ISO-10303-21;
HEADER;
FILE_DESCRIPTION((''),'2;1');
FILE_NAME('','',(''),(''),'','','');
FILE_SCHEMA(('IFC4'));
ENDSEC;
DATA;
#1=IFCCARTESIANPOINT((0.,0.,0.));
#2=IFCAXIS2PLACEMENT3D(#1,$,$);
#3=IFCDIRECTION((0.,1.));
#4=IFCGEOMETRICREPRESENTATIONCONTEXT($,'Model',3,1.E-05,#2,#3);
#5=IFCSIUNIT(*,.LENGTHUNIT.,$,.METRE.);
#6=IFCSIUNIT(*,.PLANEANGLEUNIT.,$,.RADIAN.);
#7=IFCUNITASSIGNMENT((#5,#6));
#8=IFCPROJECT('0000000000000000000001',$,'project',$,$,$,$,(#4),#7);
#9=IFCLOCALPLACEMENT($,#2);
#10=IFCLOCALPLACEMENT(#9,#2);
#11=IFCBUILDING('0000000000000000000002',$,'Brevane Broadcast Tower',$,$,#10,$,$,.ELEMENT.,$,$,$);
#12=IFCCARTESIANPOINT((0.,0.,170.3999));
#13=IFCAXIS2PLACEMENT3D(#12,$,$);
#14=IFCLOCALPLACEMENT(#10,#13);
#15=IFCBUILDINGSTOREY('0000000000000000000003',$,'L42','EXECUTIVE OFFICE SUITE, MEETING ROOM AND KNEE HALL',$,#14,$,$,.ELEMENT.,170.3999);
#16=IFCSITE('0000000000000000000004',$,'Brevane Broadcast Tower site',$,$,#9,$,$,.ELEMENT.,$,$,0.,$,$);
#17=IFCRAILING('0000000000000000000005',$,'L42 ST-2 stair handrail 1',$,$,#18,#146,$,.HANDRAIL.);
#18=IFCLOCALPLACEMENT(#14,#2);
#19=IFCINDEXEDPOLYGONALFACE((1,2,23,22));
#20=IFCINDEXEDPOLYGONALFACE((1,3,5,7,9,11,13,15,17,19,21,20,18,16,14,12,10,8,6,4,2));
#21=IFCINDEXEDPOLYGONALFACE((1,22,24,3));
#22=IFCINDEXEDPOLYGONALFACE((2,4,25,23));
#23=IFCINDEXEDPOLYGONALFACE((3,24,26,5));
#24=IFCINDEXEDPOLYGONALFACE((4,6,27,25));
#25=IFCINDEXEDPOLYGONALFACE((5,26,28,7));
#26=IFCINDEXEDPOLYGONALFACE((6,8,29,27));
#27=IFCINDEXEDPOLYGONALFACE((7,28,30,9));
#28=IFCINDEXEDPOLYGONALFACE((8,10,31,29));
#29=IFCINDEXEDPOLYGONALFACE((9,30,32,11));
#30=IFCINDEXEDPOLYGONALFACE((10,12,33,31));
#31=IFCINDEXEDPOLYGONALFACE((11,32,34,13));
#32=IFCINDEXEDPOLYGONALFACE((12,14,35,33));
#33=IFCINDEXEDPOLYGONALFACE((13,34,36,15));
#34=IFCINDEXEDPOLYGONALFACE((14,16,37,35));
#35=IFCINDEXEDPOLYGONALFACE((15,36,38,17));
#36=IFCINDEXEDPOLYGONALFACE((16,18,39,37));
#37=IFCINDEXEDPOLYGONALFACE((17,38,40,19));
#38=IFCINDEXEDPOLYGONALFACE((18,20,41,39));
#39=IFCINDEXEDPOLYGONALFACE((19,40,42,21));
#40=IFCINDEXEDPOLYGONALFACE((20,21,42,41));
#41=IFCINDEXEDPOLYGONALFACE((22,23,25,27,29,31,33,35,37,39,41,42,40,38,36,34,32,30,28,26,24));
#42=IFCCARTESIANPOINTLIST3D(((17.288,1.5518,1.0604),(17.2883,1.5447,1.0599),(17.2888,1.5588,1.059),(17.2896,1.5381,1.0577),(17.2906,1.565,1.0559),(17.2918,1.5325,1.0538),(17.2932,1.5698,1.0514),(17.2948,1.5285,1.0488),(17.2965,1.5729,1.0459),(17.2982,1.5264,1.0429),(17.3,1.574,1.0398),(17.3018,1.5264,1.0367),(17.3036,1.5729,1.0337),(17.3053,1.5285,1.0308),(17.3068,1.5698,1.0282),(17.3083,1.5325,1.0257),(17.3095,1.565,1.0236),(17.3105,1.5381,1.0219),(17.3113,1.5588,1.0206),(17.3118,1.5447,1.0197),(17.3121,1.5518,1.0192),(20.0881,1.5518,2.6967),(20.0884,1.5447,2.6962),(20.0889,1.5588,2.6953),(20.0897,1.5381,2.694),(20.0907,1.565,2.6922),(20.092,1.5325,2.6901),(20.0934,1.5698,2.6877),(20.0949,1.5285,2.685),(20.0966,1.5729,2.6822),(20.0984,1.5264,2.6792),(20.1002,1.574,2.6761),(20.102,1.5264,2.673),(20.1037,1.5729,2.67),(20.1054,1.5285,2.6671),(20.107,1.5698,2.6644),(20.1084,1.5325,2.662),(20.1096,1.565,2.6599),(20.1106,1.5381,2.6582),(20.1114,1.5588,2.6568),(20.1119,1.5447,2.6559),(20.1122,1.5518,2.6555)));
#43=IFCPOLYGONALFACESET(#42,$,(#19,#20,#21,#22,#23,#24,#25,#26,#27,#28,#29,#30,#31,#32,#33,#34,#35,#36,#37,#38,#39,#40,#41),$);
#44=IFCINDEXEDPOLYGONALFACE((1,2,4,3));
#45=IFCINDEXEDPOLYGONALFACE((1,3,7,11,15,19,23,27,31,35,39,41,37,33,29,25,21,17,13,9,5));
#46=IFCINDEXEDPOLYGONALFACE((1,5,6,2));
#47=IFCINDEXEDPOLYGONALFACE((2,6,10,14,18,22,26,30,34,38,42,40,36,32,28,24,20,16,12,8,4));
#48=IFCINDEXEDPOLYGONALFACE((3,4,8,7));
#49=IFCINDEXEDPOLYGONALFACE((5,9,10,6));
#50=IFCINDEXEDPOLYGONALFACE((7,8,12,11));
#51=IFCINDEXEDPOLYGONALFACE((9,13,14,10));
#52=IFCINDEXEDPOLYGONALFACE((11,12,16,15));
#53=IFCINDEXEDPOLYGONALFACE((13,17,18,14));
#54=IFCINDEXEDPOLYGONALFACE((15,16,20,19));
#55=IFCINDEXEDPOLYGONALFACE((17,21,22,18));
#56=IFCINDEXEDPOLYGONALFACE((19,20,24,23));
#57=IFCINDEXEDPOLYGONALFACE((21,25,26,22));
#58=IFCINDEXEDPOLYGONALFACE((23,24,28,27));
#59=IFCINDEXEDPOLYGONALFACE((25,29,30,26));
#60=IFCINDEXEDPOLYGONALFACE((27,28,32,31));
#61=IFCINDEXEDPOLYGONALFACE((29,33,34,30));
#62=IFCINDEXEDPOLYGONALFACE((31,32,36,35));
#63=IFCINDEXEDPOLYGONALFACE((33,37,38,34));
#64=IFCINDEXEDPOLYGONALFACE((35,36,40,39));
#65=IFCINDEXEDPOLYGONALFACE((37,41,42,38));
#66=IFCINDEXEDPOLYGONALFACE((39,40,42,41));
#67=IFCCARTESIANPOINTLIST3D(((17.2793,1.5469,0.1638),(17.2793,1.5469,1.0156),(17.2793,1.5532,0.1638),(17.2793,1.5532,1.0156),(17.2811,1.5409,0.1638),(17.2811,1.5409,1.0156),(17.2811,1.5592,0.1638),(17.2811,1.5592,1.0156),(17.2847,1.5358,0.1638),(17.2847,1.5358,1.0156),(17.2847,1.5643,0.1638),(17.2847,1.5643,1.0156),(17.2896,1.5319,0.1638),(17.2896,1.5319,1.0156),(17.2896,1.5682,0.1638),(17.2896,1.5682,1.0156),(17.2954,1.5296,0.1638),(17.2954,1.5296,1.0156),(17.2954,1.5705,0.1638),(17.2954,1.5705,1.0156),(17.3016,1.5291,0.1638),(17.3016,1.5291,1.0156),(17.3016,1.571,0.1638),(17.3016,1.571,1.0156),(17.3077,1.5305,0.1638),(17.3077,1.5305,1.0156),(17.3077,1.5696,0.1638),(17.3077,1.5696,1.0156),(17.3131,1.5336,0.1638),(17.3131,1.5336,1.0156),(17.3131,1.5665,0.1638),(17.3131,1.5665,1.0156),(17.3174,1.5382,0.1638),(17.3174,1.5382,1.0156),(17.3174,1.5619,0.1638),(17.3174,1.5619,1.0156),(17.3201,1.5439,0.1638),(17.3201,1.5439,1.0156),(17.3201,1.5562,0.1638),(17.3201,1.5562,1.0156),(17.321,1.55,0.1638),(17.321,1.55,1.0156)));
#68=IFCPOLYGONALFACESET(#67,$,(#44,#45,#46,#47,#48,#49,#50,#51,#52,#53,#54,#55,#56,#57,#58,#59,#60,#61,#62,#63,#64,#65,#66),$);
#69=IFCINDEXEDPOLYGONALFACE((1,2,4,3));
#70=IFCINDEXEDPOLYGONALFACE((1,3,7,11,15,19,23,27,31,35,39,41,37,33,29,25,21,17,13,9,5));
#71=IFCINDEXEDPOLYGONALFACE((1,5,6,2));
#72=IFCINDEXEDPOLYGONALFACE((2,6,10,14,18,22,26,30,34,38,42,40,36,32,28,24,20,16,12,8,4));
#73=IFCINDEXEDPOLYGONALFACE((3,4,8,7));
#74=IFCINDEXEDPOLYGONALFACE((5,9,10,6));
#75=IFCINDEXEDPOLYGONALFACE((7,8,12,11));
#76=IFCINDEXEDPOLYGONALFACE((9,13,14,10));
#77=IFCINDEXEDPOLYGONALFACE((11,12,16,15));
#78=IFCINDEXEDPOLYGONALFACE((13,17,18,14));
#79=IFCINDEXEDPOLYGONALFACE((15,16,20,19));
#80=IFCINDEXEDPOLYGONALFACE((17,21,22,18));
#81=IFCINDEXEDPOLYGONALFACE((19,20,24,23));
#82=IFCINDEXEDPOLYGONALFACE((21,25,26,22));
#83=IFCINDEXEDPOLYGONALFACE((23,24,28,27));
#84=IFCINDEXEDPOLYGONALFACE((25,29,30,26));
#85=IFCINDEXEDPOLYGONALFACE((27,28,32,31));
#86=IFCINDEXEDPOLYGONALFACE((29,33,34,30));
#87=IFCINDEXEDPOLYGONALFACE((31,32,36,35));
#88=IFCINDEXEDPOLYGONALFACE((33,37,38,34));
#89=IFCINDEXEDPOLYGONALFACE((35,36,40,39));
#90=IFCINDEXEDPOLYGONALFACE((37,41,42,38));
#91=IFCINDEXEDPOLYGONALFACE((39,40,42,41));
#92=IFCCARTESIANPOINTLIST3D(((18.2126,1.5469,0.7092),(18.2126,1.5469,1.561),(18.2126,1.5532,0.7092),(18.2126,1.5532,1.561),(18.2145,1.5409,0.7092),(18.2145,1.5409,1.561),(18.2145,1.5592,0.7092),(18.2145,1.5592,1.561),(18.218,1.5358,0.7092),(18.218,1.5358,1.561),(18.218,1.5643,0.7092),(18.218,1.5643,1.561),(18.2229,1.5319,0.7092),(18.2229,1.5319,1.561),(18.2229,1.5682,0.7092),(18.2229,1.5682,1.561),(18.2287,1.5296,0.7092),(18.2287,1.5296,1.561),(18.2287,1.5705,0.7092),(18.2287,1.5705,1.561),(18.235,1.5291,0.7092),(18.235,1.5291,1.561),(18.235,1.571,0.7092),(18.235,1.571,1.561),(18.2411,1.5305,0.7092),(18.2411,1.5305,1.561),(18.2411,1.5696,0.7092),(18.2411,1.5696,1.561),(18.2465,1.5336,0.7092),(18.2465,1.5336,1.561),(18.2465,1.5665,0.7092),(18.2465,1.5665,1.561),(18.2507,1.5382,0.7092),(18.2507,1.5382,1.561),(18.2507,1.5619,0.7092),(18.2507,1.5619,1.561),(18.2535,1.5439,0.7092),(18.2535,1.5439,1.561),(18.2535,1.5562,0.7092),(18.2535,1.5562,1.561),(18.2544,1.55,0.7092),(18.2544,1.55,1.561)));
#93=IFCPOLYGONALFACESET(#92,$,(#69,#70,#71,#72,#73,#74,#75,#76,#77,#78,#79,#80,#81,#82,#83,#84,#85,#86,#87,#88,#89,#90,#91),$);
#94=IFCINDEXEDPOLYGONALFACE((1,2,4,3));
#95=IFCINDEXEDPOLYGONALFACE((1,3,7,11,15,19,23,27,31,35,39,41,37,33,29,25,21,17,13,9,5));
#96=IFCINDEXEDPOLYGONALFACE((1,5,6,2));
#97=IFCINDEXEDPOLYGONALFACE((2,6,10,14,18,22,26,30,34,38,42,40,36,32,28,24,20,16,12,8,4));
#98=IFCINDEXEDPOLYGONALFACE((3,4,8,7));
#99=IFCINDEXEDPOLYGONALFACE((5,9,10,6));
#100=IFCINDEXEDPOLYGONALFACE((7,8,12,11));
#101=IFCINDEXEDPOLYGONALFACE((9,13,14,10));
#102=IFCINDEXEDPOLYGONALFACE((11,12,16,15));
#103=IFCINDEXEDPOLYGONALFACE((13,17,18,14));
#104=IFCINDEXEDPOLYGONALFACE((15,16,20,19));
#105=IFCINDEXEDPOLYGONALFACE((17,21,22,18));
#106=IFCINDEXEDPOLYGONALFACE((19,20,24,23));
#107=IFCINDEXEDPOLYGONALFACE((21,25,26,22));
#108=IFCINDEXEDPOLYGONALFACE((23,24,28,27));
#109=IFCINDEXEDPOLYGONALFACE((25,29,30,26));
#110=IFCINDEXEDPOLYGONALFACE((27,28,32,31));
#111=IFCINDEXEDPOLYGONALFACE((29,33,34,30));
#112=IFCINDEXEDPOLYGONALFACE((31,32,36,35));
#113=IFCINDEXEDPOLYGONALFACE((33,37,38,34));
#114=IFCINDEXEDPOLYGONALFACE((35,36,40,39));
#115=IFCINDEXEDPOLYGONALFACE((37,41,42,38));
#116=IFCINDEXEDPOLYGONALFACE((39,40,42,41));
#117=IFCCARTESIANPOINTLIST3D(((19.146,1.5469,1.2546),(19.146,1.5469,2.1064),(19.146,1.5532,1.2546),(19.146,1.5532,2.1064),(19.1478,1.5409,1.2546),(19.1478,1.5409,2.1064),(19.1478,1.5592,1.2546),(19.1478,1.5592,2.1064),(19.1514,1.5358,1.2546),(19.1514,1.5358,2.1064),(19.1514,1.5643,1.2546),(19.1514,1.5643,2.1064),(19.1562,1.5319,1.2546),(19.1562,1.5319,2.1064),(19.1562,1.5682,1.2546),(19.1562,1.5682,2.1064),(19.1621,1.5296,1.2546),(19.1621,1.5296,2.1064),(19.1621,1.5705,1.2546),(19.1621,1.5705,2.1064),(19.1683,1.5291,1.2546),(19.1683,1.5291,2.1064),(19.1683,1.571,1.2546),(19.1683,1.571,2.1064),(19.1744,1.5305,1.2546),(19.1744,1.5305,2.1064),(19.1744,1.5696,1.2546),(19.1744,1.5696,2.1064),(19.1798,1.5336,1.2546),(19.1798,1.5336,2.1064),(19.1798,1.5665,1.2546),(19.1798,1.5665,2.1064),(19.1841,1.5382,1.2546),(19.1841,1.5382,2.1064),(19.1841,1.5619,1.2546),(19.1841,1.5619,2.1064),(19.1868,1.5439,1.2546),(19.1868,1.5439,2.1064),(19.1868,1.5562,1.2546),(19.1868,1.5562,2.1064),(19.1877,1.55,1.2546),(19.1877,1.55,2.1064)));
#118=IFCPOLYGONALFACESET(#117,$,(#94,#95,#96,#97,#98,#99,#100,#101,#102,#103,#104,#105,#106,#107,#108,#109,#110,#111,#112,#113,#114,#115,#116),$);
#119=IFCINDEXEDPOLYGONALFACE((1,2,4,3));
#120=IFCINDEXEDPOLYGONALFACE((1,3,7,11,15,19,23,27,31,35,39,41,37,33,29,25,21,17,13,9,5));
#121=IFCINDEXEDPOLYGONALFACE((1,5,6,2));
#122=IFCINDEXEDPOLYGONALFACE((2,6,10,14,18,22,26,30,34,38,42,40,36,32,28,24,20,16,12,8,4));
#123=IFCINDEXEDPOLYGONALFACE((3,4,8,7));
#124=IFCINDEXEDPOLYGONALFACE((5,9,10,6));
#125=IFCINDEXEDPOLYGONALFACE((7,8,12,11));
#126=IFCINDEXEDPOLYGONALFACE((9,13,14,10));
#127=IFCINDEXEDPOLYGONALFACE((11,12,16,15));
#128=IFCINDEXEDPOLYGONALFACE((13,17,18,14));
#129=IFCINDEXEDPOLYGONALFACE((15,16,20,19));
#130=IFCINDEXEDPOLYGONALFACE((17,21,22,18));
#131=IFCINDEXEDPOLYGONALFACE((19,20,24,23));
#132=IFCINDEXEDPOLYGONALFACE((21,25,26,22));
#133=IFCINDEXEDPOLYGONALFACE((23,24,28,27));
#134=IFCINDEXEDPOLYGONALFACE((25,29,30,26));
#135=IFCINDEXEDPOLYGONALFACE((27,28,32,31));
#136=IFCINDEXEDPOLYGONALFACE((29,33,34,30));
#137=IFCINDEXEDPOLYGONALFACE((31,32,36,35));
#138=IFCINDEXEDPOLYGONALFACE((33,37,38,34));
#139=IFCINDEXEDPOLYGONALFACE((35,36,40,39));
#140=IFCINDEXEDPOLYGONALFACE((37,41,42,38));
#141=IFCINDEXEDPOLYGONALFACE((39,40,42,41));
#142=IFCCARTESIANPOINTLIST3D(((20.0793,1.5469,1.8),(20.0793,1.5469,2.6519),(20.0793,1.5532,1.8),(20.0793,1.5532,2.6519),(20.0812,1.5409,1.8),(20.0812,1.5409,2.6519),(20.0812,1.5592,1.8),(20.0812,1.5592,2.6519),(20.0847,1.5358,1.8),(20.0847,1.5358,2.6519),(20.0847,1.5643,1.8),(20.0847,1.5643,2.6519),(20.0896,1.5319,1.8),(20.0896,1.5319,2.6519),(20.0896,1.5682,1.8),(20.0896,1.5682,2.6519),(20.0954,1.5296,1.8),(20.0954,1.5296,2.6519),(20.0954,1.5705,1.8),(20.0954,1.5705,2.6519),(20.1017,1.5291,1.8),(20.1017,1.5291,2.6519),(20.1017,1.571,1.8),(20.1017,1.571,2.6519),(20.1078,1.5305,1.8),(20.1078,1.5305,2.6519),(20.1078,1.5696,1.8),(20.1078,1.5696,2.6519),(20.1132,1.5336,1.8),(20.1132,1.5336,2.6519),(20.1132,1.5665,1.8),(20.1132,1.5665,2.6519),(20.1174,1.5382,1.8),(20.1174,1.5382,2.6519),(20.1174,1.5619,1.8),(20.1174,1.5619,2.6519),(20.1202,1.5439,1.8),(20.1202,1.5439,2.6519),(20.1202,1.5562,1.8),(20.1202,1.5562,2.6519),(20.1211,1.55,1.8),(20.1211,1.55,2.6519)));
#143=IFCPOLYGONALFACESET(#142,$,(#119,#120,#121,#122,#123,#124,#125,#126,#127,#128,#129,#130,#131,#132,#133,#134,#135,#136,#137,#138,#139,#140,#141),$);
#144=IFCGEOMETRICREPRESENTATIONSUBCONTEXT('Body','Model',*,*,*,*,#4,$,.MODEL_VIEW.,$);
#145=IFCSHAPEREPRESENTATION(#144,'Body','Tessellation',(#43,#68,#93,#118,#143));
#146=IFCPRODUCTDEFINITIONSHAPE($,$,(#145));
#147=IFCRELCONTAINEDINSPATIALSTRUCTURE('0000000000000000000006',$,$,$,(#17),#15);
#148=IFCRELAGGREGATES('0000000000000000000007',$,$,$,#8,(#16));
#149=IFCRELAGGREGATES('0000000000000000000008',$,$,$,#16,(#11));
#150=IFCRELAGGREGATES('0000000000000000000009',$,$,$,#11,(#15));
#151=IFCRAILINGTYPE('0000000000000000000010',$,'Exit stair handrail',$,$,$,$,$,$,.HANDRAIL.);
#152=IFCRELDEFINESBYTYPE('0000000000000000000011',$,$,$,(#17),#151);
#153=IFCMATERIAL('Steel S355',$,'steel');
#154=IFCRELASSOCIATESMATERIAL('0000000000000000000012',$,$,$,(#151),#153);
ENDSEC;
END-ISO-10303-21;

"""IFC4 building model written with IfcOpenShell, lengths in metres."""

from ifc_helpers import new_model, si_unit, direction, frame, origin, origin_2d, place, context, subcontext, project, spatial, circle, extrude, material, type_object, element, save


model = new_model("IFC4")

# Units and contexts
model_context = context("Model", 3, precision=1e-05, world=origin(), true_north=direction((0.0, 1.0)))
body_context = subcontext(model_context, "Body", "Model", "MODEL_VIEW")
ifc_project = project(units=[si_unit("LENGTHUNIT", "METRE"), si_unit("PLANEANGLEUNIT", "RADIAN")], contexts=[model_context])

# Site, building, storey
site_placement = place(None, origin())
site = spatial("IfcSite", under=ifc_project, at=site_placement, Name="Brevane Broadcast Tower site", CompositionType="ELEMENT", RefElevation=0.0)
building_placement = place(site_placement, origin())
building = spatial("IfcBuilding", under=site, at=building_placement, Name="Brevane Broadcast Tower", CompositionType="ELEMENT")
storey_placement = place(building_placement, frame((0.0, 0.0, 170.3999)))
storey = spatial("IfcBuildingStorey", under=building, at=storey_placement, Name="L42", Description="EXECUTIVE OFFICE SUITE, MEETING ROOM AND KNEE HALL", CompositionType="ELEMENT", Elevation=170.3999)

# Railing
ifc_material_1 = material(Name="Steel S355", Category="steel")
railing_type_1 = type_object("IfcRailingType", Name="Exit stair handrail", PredefinedType="HANDRAIL", material=ifc_material_1)
railing_1_placement = place(storey_placement, frame((17.3, 1.55, 0.1638)))
element("IfcRailing", 1, at=railing_1_placement, inside=storey, type_object=railing_type_1, Name="L42 ST-2 stair handrail 1", PredefinedType="HANDRAIL", context=body_context, shape_type="SweptSolid", body=[
    extrude(circle(Radius=0.0239, at=origin_2d()), frame((0.0, 0.0, 0.876), z_axis=(0.863394, 0.0, 0.504531), x_axis=(0.0, 1.0, 0.0)), (0.0, 0.0, 1.0), 3.2432),
    extrude(circle(Radius=0.021, at=origin_2d()), origin(), (0.0, 0.0, 1.0), 0.8518),
    extrude(circle(Radius=0.021, at=origin_2d()), frame((0.9333, 0.0, 0.5454)), (0.0, 0.0, 1.0), 0.8518),
    extrude(circle(Radius=0.021, at=origin_2d()), frame((1.8667, 0.0, 1.0908)), (0.0, 0.0, 1.0), 0.8518),
    extrude(circle(Radius=0.021, at=origin_2d()), frame((2.8, 0.0, 1.6362)), (0.0, 0.0, 1.0), 0.8518),
])

save(model, "model.ifc")
